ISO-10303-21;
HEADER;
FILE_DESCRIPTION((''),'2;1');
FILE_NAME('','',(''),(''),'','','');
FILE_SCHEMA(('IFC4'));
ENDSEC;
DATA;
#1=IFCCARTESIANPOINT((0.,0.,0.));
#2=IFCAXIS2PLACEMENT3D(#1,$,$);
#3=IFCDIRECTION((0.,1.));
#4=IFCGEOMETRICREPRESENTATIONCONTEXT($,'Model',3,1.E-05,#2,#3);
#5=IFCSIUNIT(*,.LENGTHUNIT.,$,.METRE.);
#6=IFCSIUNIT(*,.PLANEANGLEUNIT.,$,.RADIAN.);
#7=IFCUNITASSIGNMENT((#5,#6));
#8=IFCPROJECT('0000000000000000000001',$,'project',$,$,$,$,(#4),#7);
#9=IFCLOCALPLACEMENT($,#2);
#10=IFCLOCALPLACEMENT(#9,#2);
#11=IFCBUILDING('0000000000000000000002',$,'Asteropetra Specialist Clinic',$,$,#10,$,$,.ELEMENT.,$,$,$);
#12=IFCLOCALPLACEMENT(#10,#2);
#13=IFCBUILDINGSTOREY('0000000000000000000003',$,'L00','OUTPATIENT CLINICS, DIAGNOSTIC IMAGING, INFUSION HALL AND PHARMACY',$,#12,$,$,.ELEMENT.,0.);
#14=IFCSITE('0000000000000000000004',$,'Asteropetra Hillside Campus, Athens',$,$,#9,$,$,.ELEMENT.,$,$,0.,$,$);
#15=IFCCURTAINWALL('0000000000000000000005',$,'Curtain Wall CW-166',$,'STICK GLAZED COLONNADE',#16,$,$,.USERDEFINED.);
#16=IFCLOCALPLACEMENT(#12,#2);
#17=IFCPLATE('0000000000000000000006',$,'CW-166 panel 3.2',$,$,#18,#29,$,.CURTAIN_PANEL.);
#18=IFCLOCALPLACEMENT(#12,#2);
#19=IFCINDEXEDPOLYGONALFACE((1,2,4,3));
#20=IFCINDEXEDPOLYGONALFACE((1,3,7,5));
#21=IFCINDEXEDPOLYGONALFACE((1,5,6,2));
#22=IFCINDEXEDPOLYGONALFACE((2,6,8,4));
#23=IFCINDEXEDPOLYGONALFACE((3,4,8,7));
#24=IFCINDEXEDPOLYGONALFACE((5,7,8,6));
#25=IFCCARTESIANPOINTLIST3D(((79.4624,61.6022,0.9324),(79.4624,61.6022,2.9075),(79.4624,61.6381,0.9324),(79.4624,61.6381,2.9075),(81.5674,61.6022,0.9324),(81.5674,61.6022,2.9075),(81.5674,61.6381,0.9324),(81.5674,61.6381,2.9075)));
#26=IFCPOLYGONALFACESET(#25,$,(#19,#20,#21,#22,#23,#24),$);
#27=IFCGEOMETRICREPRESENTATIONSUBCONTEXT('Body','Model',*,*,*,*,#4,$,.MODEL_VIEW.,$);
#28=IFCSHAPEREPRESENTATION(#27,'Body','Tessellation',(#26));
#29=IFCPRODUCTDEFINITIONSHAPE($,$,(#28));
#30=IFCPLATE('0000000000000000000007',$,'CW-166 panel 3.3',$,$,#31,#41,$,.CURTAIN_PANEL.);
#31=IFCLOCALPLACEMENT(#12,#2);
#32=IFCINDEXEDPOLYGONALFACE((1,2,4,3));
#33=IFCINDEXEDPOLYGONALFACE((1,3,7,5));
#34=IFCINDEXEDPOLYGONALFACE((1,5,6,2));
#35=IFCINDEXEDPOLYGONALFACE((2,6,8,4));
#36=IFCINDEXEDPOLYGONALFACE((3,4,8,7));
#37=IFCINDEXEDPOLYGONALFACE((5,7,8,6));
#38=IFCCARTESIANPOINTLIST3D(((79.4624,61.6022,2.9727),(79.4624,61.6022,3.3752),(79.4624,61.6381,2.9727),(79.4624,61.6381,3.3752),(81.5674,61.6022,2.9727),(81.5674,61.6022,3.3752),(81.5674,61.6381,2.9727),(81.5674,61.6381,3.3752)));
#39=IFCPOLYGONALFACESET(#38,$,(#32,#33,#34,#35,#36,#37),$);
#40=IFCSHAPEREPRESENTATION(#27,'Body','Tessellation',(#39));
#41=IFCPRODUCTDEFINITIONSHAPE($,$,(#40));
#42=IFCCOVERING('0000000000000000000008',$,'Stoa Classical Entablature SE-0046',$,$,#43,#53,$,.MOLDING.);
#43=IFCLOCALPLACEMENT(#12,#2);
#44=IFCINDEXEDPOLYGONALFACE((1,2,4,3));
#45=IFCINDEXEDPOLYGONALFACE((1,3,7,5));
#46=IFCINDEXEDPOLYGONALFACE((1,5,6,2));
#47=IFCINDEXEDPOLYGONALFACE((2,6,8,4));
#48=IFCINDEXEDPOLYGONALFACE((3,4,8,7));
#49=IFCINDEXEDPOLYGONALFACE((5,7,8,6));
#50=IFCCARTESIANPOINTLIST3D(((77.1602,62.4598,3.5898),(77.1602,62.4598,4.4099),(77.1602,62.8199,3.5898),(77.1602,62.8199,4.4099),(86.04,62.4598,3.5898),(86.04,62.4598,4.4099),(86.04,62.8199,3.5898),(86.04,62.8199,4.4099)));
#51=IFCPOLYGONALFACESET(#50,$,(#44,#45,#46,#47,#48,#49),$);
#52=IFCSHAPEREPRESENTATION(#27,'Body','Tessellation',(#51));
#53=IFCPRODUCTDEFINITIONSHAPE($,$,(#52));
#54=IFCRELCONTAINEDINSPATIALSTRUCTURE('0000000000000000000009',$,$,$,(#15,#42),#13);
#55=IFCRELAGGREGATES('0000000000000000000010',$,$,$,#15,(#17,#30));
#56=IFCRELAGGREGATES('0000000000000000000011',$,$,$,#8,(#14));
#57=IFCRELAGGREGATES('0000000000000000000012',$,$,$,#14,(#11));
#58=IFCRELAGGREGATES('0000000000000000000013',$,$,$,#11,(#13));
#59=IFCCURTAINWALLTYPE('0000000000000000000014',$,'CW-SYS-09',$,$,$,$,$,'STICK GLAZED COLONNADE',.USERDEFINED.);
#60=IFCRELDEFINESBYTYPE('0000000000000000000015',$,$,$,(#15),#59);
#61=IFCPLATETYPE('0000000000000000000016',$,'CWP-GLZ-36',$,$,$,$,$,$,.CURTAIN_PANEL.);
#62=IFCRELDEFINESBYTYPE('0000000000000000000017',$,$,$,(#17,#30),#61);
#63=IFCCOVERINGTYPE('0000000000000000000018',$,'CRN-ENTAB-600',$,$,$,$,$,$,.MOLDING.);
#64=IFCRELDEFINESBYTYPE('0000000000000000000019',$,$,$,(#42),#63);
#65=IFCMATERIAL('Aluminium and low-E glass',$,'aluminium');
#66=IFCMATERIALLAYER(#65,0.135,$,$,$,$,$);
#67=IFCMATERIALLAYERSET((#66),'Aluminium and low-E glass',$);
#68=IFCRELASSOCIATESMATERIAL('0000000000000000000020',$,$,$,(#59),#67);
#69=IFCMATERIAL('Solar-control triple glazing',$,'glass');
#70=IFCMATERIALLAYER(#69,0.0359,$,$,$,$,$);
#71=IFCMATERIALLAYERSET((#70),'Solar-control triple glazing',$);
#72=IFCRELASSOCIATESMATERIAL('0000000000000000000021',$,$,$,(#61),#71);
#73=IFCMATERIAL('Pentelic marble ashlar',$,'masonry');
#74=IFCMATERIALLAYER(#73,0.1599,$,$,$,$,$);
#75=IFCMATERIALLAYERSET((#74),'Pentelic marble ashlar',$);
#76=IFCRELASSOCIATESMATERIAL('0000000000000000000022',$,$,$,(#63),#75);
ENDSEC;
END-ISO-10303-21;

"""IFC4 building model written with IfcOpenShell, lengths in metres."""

from ifc_helpers import new_model, si_unit, direction, frame, origin, origin_2d, place, context, subcontext, project, spatial, rectangle, extrude, material, layer, layer_set, type_object, element, aggregate, save


model = new_model("IFC4")

# Units and contexts
model_context = context("Model", 3, precision=1e-05, world=origin(), true_north=direction((0.0, 1.0)))
body_context = subcontext(model_context, "Body", "Model", "MODEL_VIEW")
ifc_project = project(units=[si_unit("LENGTHUNIT", "METRE"), si_unit("PLANEANGLEUNIT", "RADIAN")], contexts=[model_context])

# Site, building, storey
site_placement = place(None, origin())
site = spatial("IfcSite", under=ifc_project, at=site_placement, Name="Asteropetra Hillside Campus, Athens", CompositionType="ELEMENT", RefElevation=0.0)
building_placement = place(site_placement, origin())
building = spatial("IfcBuilding", under=site, at=building_placement, Name="Asteropetra Specialist Clinic", CompositionType="ELEMENT")
storey_placement = place(building_placement, origin())
storey = spatial("IfcBuildingStorey", under=building, at=storey_placement, Name="L00", Description="OUTPATIENT CLINICS, DIAGNOSTIC IMAGING, INFUSION HALL AND PHARMACY", CompositionType="ELEMENT", Elevation=0.0)

# Curtain wall, plates
ifc_material_1 = material(Name="Aluminium and low-E glass", Category="aluminium")
ifc_layer_1 = layer(ifc_material_1, 0.135)
ifc_layer_set_1 = layer_set([ifc_layer_1], Name="Aluminium and low-E glass")
curtain_wall_type = type_object("IfcCurtainWallType", Name="CW-SYS-09", ElementType="STICK GLAZED COLONNADE", PredefinedType="USERDEFINED", material=ifc_layer_set_1)
curtain_wall_placement = place(storey_placement, origin())
curtain_wall = element("IfcCurtainWall", 1, at=curtain_wall_placement, inside=storey, type_object=curtain_wall_type, Name="Curtain Wall CW-166", ObjectType="STICK GLAZED COLONNADE", PredefinedType="USERDEFINED")
ifc_material_2 = material(Name="Solar-control triple glazing", Category="glass")
ifc_layer_2 = layer(ifc_material_2, 0.0359)
ifc_layer_set_2 = layer_set([ifc_layer_2], Name="Solar-control triple glazing")
plate_type = type_object("IfcPlateType", Name="CWP-GLZ-36", PredefinedType="CURTAIN_PANEL", material=ifc_layer_set_2)
plate_1_placement = place(storey_placement, frame((80.5149, 61.6201, 0.9324), z_axis=(0.0, 0.0, 1.0), x_axis=(-1.0, 0.0, 0.0)))
plate_1 = element("IfcPlate", 2, at=plate_1_placement, type_object=plate_type, Name="CW-166 panel 3.2", PredefinedType="CURTAIN_PANEL", context=body_context, shape_type="SweptSolid", body=[
    extrude(rectangle(XDim=2.105, YDim=0.0359, at=origin_2d()), origin(), (0.0, 0.0, 1.0), 1.9751),
])
plate_2_placement = place(storey_placement, frame((80.5149, 61.6201, 2.9727), z_axis=(0.0, 0.0, 1.0), x_axis=(-1.0, 0.0, 0.0)))
plate_2 = element("IfcPlate", 3, at=plate_2_placement, type_object=plate_type, Name="CW-166 panel 3.3", PredefinedType="CURTAIN_PANEL", context=body_context, shape_type="SweptSolid", body=[
    extrude(rectangle(XDim=2.105, YDim=0.0359, at=origin_2d()), origin(), (0.0, 0.0, 1.0), 0.4026),
])
aggregate(curtain_wall, [plate_1, plate_2])

# Covering
ifc_material_3 = material(Name="Pentelic marble ashlar", Category="masonry")
ifc_layer_3 = layer(ifc_material_3, 0.1599)
ifc_layer_set_3 = layer_set([ifc_layer_3], Name="Pentelic marble ashlar")
covering_type = type_object("IfcCoveringType", Name="CRN-ENTAB-600", PredefinedType="MOLDING", material=ifc_layer_set_3)
covering_placement = place(storey_placement, frame((81.6001, 62.6399, 3.5898), z_axis=(0.0, 0.0, 1.0), x_axis=(1.0, 0.0, 0.0)))
element("IfcCovering", 4, at=covering_placement, inside=storey, type_object=covering_type, Name="Stoa Classical Entablature SE-0046", PredefinedType="MOLDING", context=body_context, shape_type="SweptSolid", body=[
    extrude(rectangle(XDim=8.8799, YDim=0.3601, at=origin_2d()), origin(), (0.0, 0.0, 1.0), 0.8201),
])

save(model, "model.ifc")
